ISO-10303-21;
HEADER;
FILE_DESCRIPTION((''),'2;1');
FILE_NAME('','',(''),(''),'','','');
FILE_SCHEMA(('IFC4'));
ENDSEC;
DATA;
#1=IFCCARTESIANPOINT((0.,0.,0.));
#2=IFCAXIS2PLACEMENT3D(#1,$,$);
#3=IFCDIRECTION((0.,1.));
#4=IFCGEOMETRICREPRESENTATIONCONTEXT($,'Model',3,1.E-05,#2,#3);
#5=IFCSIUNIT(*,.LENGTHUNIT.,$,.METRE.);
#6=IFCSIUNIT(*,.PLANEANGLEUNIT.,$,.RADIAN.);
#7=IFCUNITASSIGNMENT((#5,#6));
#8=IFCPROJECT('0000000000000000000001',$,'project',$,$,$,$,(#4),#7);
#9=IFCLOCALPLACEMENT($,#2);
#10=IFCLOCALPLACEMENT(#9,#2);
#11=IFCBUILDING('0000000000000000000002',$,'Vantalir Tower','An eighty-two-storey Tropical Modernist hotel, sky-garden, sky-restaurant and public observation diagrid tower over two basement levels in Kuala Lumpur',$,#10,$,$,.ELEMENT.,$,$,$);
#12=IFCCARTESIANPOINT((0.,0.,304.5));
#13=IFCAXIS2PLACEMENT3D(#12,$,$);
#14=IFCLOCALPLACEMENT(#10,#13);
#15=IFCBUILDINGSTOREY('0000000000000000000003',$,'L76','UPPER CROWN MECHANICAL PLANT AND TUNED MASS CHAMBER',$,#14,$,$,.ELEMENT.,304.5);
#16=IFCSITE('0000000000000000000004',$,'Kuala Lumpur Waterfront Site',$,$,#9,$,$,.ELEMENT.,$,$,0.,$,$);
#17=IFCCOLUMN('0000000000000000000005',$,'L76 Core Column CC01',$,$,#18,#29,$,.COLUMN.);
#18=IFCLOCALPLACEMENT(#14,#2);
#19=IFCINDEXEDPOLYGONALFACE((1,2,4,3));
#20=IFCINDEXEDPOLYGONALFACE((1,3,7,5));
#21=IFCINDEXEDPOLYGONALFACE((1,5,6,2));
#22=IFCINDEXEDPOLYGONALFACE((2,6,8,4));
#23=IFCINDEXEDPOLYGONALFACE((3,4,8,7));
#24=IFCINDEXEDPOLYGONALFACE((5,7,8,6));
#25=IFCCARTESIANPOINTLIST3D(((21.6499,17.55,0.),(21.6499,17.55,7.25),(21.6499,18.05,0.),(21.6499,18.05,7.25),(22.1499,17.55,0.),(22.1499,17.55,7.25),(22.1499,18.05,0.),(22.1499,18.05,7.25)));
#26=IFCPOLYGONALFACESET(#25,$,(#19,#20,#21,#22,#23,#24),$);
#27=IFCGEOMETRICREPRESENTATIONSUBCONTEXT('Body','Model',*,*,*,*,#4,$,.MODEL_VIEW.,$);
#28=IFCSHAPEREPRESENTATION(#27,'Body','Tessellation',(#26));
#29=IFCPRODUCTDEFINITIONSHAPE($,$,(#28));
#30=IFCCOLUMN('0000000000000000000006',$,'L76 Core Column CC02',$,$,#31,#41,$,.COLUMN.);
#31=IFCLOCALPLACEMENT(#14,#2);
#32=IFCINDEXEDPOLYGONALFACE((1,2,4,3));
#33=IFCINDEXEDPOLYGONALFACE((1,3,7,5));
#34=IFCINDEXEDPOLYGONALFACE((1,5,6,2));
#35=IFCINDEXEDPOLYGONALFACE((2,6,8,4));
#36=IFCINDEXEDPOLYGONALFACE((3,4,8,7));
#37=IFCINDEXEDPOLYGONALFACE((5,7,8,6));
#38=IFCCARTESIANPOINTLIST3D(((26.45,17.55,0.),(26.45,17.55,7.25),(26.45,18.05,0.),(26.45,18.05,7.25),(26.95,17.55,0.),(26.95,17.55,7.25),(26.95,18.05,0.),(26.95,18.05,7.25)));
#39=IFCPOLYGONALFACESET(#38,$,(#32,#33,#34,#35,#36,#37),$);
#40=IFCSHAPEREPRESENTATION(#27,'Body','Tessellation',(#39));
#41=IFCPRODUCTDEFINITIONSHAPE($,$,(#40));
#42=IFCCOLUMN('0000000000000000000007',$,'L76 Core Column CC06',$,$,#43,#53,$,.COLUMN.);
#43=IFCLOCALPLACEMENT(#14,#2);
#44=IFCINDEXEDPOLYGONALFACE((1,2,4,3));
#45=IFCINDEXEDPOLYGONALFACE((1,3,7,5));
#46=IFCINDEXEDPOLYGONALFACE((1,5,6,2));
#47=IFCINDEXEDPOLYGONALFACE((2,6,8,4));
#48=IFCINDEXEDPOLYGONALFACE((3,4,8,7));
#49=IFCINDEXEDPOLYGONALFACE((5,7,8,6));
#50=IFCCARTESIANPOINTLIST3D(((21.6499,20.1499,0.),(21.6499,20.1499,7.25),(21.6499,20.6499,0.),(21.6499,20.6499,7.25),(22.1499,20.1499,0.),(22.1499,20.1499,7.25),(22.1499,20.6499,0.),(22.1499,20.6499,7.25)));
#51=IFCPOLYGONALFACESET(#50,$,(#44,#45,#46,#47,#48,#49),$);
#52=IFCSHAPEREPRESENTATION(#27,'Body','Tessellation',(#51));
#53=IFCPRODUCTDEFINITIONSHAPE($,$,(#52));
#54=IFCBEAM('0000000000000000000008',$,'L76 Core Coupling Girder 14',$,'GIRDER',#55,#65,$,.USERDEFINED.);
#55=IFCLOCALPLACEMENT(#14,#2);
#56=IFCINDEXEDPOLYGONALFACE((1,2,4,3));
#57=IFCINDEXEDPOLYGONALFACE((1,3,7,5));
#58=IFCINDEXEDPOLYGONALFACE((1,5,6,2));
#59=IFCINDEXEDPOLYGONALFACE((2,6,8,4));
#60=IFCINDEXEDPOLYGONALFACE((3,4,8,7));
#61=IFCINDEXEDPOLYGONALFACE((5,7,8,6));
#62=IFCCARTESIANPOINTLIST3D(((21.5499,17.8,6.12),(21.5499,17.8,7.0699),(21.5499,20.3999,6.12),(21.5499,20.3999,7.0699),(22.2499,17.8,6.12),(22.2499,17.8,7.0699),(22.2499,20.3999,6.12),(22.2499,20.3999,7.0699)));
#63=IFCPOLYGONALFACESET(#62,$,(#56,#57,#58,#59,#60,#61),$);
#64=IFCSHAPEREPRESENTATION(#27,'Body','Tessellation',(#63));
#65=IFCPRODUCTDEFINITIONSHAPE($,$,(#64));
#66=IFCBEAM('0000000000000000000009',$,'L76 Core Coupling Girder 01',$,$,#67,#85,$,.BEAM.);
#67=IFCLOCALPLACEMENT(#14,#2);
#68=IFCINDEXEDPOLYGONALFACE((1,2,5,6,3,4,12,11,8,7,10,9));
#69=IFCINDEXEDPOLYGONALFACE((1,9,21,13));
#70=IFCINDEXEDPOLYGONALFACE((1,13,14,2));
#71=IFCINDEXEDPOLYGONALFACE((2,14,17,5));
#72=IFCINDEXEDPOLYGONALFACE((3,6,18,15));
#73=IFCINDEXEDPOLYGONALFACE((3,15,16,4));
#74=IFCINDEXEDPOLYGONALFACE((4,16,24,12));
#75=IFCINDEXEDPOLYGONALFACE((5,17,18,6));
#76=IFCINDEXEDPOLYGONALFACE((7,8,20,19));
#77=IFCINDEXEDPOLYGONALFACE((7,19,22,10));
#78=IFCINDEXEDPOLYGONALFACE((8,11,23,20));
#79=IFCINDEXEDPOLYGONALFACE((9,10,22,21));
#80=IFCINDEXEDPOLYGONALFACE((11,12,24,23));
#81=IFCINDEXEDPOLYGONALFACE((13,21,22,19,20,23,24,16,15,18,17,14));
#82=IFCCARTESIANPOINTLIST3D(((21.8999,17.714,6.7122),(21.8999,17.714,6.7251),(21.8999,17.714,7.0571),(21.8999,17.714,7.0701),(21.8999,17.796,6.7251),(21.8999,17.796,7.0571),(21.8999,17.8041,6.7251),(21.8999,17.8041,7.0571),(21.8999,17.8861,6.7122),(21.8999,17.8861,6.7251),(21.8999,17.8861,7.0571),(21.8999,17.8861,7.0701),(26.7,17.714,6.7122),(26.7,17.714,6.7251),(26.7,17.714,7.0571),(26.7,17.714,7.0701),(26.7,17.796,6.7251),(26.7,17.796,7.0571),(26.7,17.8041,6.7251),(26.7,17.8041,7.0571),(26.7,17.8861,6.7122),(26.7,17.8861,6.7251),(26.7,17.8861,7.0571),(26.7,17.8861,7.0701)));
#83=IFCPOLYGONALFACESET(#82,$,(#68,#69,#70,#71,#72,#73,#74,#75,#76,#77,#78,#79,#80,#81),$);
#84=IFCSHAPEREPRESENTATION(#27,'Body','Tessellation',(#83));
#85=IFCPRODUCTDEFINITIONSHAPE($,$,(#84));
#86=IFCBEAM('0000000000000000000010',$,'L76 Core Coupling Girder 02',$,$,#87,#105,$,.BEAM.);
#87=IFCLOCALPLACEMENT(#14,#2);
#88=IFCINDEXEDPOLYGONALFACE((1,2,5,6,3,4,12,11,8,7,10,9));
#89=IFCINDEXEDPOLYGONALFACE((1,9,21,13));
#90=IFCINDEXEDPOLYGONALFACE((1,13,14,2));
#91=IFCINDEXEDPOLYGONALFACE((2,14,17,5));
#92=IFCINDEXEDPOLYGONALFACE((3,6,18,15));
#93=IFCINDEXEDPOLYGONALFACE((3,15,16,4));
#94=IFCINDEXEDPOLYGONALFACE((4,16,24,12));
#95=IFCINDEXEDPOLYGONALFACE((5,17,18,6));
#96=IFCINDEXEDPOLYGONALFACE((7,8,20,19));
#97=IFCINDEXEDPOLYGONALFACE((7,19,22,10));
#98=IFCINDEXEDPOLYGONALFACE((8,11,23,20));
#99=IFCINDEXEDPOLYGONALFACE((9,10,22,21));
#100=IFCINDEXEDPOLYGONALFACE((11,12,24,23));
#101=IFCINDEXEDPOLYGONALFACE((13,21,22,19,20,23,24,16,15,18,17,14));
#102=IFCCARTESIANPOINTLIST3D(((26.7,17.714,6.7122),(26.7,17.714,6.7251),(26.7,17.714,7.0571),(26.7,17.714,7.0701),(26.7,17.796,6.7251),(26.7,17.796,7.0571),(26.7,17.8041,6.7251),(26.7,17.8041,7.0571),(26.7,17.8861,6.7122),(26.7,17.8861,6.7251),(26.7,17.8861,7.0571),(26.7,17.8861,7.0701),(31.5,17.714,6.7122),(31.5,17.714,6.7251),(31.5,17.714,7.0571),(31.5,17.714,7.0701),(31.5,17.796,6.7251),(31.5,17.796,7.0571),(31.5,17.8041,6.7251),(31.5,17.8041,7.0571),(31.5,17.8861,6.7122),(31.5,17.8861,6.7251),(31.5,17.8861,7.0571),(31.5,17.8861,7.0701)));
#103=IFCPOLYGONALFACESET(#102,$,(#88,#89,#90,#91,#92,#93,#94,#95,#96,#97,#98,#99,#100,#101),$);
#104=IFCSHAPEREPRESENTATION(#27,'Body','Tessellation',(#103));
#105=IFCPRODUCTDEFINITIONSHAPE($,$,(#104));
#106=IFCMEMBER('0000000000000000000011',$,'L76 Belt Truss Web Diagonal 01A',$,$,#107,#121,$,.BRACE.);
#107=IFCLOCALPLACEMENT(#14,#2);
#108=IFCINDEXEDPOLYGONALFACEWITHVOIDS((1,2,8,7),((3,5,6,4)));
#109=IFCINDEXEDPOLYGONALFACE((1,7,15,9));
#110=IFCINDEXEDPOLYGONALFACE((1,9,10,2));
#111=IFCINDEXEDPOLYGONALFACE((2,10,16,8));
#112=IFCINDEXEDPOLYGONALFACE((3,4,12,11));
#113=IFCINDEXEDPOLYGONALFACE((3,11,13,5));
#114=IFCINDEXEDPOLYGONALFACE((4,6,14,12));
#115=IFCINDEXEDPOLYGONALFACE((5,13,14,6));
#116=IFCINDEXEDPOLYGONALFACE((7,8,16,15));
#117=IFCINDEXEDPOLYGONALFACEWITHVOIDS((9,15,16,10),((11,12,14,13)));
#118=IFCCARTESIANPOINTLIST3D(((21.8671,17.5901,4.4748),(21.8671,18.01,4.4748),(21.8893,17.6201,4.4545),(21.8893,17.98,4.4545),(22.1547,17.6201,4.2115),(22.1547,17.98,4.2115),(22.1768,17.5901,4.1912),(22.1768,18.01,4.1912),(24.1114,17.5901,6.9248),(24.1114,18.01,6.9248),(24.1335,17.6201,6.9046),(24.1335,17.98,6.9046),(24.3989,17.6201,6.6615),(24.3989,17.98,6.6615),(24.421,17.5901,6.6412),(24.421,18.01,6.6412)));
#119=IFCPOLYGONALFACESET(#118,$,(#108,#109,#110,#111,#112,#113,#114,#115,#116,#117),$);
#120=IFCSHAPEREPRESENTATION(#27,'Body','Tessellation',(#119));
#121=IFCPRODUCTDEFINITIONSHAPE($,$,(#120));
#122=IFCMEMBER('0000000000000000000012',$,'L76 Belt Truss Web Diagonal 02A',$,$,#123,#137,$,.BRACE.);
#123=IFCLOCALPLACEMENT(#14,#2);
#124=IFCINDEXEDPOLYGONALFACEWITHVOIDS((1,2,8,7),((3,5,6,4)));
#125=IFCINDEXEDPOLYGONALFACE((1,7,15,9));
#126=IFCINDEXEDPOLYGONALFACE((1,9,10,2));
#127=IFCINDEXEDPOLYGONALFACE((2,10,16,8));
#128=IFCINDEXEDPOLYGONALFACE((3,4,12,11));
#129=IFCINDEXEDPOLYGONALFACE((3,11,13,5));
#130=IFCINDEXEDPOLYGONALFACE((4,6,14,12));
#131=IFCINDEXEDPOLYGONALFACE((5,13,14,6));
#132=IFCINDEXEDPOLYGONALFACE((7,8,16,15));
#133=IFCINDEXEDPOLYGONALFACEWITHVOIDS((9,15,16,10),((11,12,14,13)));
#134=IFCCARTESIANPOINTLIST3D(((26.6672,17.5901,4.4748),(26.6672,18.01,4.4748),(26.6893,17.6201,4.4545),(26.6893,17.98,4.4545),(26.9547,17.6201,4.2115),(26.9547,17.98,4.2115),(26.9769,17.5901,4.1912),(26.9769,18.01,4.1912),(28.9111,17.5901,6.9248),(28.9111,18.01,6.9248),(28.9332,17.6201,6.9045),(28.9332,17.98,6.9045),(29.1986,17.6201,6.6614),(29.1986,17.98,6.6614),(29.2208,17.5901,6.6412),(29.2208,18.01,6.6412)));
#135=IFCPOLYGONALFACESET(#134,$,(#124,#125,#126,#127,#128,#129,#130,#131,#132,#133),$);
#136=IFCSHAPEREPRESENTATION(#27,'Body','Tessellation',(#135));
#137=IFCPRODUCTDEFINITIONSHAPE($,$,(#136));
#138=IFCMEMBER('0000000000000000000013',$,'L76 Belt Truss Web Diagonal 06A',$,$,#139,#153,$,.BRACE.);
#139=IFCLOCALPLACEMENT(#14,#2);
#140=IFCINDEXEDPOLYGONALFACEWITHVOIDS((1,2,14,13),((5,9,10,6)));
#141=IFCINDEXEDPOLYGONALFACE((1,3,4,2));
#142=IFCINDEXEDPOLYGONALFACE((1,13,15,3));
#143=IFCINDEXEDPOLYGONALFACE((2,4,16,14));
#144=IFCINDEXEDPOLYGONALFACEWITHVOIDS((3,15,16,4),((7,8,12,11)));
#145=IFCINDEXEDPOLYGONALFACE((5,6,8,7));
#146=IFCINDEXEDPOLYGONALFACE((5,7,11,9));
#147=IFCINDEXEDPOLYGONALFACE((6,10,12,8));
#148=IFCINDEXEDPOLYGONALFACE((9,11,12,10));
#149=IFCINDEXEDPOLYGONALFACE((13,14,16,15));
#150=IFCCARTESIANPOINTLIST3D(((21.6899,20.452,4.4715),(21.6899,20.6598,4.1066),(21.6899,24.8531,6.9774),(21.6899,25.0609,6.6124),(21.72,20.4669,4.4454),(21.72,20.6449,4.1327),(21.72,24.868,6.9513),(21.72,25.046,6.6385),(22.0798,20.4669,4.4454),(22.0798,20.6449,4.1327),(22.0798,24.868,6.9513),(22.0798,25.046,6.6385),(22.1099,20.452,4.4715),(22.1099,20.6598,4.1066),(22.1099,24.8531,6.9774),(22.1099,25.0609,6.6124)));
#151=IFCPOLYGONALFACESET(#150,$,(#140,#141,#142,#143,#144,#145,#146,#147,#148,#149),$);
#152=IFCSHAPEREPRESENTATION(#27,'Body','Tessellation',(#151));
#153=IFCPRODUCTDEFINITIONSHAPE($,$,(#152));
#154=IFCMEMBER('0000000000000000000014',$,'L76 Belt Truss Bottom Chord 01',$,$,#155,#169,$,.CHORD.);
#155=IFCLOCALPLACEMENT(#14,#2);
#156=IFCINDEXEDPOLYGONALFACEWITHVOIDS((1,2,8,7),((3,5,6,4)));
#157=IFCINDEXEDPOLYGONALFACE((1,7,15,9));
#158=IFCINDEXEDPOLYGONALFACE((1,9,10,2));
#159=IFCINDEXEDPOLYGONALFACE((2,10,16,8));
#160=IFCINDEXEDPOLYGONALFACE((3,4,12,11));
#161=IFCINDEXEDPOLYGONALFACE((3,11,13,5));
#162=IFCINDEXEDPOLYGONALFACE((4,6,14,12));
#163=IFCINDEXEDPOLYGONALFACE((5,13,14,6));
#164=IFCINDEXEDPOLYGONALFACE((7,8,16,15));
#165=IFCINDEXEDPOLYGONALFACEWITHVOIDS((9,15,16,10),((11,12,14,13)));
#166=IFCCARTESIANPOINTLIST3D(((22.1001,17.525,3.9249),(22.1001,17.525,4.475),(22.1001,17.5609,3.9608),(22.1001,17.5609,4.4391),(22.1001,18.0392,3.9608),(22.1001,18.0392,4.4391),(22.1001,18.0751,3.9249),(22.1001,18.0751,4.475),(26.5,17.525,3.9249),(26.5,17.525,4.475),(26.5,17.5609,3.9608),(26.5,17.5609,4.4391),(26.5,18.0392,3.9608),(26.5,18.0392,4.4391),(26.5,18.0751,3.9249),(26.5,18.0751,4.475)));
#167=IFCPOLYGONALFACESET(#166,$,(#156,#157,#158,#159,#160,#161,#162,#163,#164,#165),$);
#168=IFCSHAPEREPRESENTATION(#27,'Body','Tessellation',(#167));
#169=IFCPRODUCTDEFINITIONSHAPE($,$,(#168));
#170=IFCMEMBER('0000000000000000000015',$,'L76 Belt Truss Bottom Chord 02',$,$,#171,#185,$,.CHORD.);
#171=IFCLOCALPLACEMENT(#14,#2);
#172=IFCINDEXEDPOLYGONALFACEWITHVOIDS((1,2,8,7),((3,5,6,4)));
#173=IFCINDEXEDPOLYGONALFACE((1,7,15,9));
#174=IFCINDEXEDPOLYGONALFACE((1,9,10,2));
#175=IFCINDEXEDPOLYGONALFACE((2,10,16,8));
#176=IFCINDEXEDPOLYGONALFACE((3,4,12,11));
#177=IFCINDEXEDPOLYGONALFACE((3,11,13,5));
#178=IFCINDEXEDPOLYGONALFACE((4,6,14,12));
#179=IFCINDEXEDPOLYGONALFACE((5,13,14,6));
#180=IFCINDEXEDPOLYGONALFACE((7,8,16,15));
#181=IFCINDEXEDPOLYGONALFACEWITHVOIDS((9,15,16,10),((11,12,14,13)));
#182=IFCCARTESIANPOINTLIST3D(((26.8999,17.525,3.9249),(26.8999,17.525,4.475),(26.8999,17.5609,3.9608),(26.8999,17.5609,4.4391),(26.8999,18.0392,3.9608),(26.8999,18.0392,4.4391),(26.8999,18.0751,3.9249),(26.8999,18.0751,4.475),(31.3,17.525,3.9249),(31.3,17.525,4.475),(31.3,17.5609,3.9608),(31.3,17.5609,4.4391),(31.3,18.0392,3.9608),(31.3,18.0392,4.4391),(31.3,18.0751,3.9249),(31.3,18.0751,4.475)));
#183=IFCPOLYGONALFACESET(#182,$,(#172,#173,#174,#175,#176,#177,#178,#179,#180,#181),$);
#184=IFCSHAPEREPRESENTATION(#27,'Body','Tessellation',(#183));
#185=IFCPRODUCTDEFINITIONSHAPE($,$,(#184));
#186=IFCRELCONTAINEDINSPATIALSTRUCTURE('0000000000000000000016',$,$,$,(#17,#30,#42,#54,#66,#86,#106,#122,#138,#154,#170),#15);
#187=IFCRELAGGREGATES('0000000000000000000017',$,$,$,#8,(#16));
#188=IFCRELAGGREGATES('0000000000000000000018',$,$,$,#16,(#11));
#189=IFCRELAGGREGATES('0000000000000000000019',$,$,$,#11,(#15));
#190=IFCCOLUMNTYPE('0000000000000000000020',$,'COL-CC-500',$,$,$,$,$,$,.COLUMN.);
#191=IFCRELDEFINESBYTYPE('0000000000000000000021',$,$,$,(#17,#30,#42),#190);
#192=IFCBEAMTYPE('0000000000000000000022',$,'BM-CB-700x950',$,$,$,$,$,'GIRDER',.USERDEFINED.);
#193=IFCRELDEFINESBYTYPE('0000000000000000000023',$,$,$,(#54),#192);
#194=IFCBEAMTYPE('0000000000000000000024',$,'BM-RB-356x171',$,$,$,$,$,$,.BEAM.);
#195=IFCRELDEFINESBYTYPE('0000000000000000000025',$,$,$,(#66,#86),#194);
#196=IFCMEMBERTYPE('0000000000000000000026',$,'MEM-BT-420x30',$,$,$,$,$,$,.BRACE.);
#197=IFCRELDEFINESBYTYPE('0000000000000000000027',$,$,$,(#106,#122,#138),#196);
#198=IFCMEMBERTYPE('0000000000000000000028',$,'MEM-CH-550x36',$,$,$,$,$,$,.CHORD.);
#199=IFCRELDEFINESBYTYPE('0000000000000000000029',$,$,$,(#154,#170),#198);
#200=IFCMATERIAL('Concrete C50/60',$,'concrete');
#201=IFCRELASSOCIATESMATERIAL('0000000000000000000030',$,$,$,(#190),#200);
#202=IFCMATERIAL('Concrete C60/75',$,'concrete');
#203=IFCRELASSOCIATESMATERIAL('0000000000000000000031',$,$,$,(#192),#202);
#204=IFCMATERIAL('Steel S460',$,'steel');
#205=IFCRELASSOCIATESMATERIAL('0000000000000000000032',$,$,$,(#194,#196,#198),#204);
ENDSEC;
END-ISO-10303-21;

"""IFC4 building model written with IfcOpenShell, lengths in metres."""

from ifc_helpers import new_model, si_unit, direction, frame, origin, origin_2d, place, context, subcontext, project, spatial, rectangle, hollow_rectangle, i_section, extrude, material, material_profile, profile_set, type_object, element, save


model = new_model("IFC4")

# Units and contexts
model_context = context("Model", 3, precision=1e-05, world=origin(), true_north=direction((0.0, 1.0)))
body_context = subcontext(model_context, "Body", "Model", "MODEL_VIEW")
ifc_project = project(units=[si_unit("LENGTHUNIT", "METRE"), si_unit("PLANEANGLEUNIT", "RADIAN")], contexts=[model_context])

# Site, building, storey
site_placement = place(None, origin())
site = spatial("IfcSite", under=ifc_project, at=site_placement, Name="Kuala Lumpur Waterfront Site", CompositionType="ELEMENT", RefElevation=0.0)
building_placement = place(site_placement, origin())
building = spatial("IfcBuilding", under=site, at=building_placement, Name="Vantalir Tower", Description="An eighty-two-storey Tropical Modernist hotel, sky-garden, sky-restaurant and public observation diagrid tower over two basement levels in Kuala Lumpur", CompositionType="ELEMENT")
storey_placement = place(building_placement, frame((0.0, 0.0, 304.5)))
storey = spatial("IfcBuildingStorey", under=building, at=storey_placement, Name="L76", Description="UPPER CROWN MECHANICAL PLANT AND TUNED MASS CHAMBER", CompositionType="ELEMENT", Elevation=304.5)

# Columns
ifc_material_1 = material(Name="Concrete C50/60", Category="concrete")
ifc_material_profile_1 = material_profile(ifc_material_1, rectangle(XDim=0.5, YDim=0.5, at=origin_2d()), Name="Concrete C50/60")
ifc_profile_set_1 = profile_set([ifc_material_profile_1], Name="Concrete C50/60")
column_type = type_object("IfcColumnType", Name="COL-CC-500", PredefinedType="COLUMN", material=ifc_profile_set_1)
for number, where, z_axis, x_axis, name in (
    (1, (21.8999, 17.8, 0.0), (0.0, 0.0, 1.0), (1.0, 0.0, 0.0), "L76 Core Column CC01"),
    (2, (26.7, 17.8, 0.0), (0.0, 0.0, 1.0), (1.0, 0.0, 0.0), "L76 Core Column CC02"),
    (3, (21.8999, 20.3999, 0.0), (0.0, 0.0, 1.0), (1.0, 0.0, 0.0), "L76 Core Column CC06"),
):
    element("IfcColumn", number, at=place(storey_placement, frame(where, z_axis=z_axis, x_axis=x_axis)), inside=storey, type_object=column_type, Name=name, PredefinedType="COLUMN", context=body_context, shape_type="SweptSolid", body=[
        extrude(rectangle(XDim=0.5, YDim=0.5, at=origin_2d()), origin(), (0.0, 0.0, 1.0), 7.25),
    ])

# Beams
ifc_material_2 = material(Name="Concrete C60/75", Category="concrete")
ifc_material_profile_2 = material_profile(ifc_material_2, rectangle(XDim=0.7, YDim=0.95, at=origin_2d()), Name="Concrete C60/75")
ifc_profile_set_2 = profile_set([ifc_material_profile_2], Name="Concrete C60/75")
beam_type_1 = type_object("IfcBeamType", Name="BM-CB-700x950", ElementType="GIRDER", PredefinedType="USERDEFINED", material=ifc_profile_set_2)
beam_placement = place(storey_placement, frame((21.8999, 20.3999, 6.595), z_axis=(0.0, -1.0, 0.0), x_axis=(1.0, 0.0, 0.0)))
element("IfcBeam", 4, at=beam_placement, inside=storey, type_object=beam_type_1, Name="L76 Core Coupling Girder 14", ObjectType="GIRDER", PredefinedType="USERDEFINED", context=body_context, shape_type="SweptSolid", body=[
    extrude(rectangle(XDim=0.7, YDim=0.95, at=origin_2d()), origin(), (0.0, 0.0, 1.0), 2.5999),
])
ifc_material_3 = material(Name="Steel S460", Category="steel")
ifc_material_profile_3 = material_profile(ifc_material_3, i_section(OverallWidth=0.1721, OverallDepth=0.3579, WebThickness=0.0081, FlangeThickness=0.0129, at=origin_2d()), Name="Steel S460")
ifc_profile_set_3 = profile_set([ifc_material_profile_3], Name="Steel S460")
beam_type_2 = type_object("IfcBeamType", Name="BM-RB-356x171", PredefinedType="BEAM", material=ifc_profile_set_3)
for number, where, z_axis, x_axis, name in (
    (5, (21.8999, 17.8, 6.8911), (1.0, 0.0, 0.0), (0.0, 1.0, 0.0), "L76 Core Coupling Girder 01"),
    (6, (26.7, 17.8, 6.8911), (1.0, 0.0, 0.0), (0.0, 1.0, 0.0), "L76 Core Coupling Girder 02"),
):
    element("IfcBeam", number, at=place(storey_placement, frame(where, z_axis=z_axis, x_axis=x_axis)), inside=storey, type_object=beam_type_2, Name=name, PredefinedType="BEAM", context=body_context, shape_type="SweptSolid", body=[
        extrude(i_section(OverallWidth=0.1721, OverallDepth=0.3579, WebThickness=0.0081, FlangeThickness=0.0129, at=origin_2d()), origin(), (0.0, 0.0, 1.0), 4.8),
    ])

# Members
ifc_material_profile_4 = material_profile(ifc_material_3, hollow_rectangle(XDim=0.4199, YDim=0.4199, WallThickness=0.03, at=origin_2d()), Name="Steel S460")
ifc_profile_set_4 = profile_set([ifc_material_profile_4], Name="Steel S460")
member_type_1 = type_object("IfcMemberType", Name="MEM-BT-420x30", PredefinedType="BRACE", material=ifc_profile_set_4)
member_1_placement = place(storey_placement, frame((22.022, 17.8, 4.333), z_axis=(0.675455, 0.0, 0.737401), x_axis=(0.0, 1.0, 0.0)))
element("IfcMember", 7, at=member_1_placement, inside=storey, type_object=member_type_1, Name="L76 Belt Truss Web Diagonal 01A", PredefinedType="BRACE", context=body_context, shape_type="SweptSolid", body=[
    extrude(hollow_rectangle(XDim=0.4199, YDim=0.4199, WallThickness=0.03, at=origin_2d()), origin(), (0.0, 0.0, 1.0), 3.3225),
])
member_2_placement = place(storey_placement, frame((26.822, 17.8, 4.333), z_axis=(0.675415, 0.0, 0.737438), x_axis=(0.0, 1.0, 0.0)))
element("IfcMember", 8, at=member_2_placement, inside=storey, type_object=member_type_1, Name="L76 Belt Truss Web Diagonal 02A", PredefinedType="BRACE", context=body_context, shape_type="SweptSolid", body=[
    extrude(hollow_rectangle(XDim=0.4199, YDim=0.4199, WallThickness=0.03, at=origin_2d()), origin(), (0.0, 0.0, 1.0), 3.3223),
])
member_3_placement = place(storey_placement, frame((21.8999, 20.5559, 4.2891), z_axis=(0.0, 0.869013, 0.494789), x_axis=(-1.0, 0.0, 0.0)))
element("IfcMember", 9, at=member_3_placement, inside=storey, type_object=member_type_1, Name="L76 Belt Truss Web Diagonal 06A", PredefinedType="BRACE", context=body_context, shape_type="SweptSolid", body=[
    extrude(hollow_rectangle(XDim=0.4199, YDim=0.4199, WallThickness=0.03, at=origin_2d()), origin(), (0.0, 0.0, 1.0), 5.0645),
])
ifc_material_profile_5 = material_profile(ifc_material_3, hollow_rectangle(XDim=0.55, YDim=0.55, WallThickness=0.0359, at=origin_2d()), Name="Steel S460")
ifc_profile_set_5 = profile_set([ifc_material_profile_5], Name="Steel S460")
member_type_2 = type_object("IfcMemberType", Name="MEM-CH-550x36", PredefinedType="CHORD", material=ifc_profile_set_5)
member_4_placement = place(storey_placement, frame((22.1001, 17.8, 4.2), z_axis=(1.0, 0.0, 0.0), x_axis=(0.0, 1.0, 0.0)))
element("IfcMember", 10, at=member_4_placement, inside=storey, type_object=member_type_2, Name="L76 Belt Truss Bottom Chord 01", PredefinedType="CHORD", context=body_context, shape_type="SweptSolid", body=[
    extrude(hollow_rectangle(XDim=0.55, YDim=0.55, WallThickness=0.0359, at=origin_2d()), origin(), (0.0, 0.0, 1.0), 4.3999),
])
member_5_placement = place(storey_placement, frame((26.8999, 17.8, 4.2), z_axis=(1.0, 0.0, 0.0), x_axis=(0.0, 1.0, 0.0)))
element("IfcMember", 11, at=member_5_placement, inside=storey, type_object=member_type_2, Name="L76 Belt Truss Bottom Chord 02", PredefinedType="CHORD", context=body_context, shape_type="SweptSolid", body=[
    extrude(hollow_rectangle(XDim=0.55, YDim=0.55, WallThickness=0.0359, at=origin_2d()), origin(), (0.0, 0.0, 1.0), 4.4001),
])

save(model, "model.ifc")
